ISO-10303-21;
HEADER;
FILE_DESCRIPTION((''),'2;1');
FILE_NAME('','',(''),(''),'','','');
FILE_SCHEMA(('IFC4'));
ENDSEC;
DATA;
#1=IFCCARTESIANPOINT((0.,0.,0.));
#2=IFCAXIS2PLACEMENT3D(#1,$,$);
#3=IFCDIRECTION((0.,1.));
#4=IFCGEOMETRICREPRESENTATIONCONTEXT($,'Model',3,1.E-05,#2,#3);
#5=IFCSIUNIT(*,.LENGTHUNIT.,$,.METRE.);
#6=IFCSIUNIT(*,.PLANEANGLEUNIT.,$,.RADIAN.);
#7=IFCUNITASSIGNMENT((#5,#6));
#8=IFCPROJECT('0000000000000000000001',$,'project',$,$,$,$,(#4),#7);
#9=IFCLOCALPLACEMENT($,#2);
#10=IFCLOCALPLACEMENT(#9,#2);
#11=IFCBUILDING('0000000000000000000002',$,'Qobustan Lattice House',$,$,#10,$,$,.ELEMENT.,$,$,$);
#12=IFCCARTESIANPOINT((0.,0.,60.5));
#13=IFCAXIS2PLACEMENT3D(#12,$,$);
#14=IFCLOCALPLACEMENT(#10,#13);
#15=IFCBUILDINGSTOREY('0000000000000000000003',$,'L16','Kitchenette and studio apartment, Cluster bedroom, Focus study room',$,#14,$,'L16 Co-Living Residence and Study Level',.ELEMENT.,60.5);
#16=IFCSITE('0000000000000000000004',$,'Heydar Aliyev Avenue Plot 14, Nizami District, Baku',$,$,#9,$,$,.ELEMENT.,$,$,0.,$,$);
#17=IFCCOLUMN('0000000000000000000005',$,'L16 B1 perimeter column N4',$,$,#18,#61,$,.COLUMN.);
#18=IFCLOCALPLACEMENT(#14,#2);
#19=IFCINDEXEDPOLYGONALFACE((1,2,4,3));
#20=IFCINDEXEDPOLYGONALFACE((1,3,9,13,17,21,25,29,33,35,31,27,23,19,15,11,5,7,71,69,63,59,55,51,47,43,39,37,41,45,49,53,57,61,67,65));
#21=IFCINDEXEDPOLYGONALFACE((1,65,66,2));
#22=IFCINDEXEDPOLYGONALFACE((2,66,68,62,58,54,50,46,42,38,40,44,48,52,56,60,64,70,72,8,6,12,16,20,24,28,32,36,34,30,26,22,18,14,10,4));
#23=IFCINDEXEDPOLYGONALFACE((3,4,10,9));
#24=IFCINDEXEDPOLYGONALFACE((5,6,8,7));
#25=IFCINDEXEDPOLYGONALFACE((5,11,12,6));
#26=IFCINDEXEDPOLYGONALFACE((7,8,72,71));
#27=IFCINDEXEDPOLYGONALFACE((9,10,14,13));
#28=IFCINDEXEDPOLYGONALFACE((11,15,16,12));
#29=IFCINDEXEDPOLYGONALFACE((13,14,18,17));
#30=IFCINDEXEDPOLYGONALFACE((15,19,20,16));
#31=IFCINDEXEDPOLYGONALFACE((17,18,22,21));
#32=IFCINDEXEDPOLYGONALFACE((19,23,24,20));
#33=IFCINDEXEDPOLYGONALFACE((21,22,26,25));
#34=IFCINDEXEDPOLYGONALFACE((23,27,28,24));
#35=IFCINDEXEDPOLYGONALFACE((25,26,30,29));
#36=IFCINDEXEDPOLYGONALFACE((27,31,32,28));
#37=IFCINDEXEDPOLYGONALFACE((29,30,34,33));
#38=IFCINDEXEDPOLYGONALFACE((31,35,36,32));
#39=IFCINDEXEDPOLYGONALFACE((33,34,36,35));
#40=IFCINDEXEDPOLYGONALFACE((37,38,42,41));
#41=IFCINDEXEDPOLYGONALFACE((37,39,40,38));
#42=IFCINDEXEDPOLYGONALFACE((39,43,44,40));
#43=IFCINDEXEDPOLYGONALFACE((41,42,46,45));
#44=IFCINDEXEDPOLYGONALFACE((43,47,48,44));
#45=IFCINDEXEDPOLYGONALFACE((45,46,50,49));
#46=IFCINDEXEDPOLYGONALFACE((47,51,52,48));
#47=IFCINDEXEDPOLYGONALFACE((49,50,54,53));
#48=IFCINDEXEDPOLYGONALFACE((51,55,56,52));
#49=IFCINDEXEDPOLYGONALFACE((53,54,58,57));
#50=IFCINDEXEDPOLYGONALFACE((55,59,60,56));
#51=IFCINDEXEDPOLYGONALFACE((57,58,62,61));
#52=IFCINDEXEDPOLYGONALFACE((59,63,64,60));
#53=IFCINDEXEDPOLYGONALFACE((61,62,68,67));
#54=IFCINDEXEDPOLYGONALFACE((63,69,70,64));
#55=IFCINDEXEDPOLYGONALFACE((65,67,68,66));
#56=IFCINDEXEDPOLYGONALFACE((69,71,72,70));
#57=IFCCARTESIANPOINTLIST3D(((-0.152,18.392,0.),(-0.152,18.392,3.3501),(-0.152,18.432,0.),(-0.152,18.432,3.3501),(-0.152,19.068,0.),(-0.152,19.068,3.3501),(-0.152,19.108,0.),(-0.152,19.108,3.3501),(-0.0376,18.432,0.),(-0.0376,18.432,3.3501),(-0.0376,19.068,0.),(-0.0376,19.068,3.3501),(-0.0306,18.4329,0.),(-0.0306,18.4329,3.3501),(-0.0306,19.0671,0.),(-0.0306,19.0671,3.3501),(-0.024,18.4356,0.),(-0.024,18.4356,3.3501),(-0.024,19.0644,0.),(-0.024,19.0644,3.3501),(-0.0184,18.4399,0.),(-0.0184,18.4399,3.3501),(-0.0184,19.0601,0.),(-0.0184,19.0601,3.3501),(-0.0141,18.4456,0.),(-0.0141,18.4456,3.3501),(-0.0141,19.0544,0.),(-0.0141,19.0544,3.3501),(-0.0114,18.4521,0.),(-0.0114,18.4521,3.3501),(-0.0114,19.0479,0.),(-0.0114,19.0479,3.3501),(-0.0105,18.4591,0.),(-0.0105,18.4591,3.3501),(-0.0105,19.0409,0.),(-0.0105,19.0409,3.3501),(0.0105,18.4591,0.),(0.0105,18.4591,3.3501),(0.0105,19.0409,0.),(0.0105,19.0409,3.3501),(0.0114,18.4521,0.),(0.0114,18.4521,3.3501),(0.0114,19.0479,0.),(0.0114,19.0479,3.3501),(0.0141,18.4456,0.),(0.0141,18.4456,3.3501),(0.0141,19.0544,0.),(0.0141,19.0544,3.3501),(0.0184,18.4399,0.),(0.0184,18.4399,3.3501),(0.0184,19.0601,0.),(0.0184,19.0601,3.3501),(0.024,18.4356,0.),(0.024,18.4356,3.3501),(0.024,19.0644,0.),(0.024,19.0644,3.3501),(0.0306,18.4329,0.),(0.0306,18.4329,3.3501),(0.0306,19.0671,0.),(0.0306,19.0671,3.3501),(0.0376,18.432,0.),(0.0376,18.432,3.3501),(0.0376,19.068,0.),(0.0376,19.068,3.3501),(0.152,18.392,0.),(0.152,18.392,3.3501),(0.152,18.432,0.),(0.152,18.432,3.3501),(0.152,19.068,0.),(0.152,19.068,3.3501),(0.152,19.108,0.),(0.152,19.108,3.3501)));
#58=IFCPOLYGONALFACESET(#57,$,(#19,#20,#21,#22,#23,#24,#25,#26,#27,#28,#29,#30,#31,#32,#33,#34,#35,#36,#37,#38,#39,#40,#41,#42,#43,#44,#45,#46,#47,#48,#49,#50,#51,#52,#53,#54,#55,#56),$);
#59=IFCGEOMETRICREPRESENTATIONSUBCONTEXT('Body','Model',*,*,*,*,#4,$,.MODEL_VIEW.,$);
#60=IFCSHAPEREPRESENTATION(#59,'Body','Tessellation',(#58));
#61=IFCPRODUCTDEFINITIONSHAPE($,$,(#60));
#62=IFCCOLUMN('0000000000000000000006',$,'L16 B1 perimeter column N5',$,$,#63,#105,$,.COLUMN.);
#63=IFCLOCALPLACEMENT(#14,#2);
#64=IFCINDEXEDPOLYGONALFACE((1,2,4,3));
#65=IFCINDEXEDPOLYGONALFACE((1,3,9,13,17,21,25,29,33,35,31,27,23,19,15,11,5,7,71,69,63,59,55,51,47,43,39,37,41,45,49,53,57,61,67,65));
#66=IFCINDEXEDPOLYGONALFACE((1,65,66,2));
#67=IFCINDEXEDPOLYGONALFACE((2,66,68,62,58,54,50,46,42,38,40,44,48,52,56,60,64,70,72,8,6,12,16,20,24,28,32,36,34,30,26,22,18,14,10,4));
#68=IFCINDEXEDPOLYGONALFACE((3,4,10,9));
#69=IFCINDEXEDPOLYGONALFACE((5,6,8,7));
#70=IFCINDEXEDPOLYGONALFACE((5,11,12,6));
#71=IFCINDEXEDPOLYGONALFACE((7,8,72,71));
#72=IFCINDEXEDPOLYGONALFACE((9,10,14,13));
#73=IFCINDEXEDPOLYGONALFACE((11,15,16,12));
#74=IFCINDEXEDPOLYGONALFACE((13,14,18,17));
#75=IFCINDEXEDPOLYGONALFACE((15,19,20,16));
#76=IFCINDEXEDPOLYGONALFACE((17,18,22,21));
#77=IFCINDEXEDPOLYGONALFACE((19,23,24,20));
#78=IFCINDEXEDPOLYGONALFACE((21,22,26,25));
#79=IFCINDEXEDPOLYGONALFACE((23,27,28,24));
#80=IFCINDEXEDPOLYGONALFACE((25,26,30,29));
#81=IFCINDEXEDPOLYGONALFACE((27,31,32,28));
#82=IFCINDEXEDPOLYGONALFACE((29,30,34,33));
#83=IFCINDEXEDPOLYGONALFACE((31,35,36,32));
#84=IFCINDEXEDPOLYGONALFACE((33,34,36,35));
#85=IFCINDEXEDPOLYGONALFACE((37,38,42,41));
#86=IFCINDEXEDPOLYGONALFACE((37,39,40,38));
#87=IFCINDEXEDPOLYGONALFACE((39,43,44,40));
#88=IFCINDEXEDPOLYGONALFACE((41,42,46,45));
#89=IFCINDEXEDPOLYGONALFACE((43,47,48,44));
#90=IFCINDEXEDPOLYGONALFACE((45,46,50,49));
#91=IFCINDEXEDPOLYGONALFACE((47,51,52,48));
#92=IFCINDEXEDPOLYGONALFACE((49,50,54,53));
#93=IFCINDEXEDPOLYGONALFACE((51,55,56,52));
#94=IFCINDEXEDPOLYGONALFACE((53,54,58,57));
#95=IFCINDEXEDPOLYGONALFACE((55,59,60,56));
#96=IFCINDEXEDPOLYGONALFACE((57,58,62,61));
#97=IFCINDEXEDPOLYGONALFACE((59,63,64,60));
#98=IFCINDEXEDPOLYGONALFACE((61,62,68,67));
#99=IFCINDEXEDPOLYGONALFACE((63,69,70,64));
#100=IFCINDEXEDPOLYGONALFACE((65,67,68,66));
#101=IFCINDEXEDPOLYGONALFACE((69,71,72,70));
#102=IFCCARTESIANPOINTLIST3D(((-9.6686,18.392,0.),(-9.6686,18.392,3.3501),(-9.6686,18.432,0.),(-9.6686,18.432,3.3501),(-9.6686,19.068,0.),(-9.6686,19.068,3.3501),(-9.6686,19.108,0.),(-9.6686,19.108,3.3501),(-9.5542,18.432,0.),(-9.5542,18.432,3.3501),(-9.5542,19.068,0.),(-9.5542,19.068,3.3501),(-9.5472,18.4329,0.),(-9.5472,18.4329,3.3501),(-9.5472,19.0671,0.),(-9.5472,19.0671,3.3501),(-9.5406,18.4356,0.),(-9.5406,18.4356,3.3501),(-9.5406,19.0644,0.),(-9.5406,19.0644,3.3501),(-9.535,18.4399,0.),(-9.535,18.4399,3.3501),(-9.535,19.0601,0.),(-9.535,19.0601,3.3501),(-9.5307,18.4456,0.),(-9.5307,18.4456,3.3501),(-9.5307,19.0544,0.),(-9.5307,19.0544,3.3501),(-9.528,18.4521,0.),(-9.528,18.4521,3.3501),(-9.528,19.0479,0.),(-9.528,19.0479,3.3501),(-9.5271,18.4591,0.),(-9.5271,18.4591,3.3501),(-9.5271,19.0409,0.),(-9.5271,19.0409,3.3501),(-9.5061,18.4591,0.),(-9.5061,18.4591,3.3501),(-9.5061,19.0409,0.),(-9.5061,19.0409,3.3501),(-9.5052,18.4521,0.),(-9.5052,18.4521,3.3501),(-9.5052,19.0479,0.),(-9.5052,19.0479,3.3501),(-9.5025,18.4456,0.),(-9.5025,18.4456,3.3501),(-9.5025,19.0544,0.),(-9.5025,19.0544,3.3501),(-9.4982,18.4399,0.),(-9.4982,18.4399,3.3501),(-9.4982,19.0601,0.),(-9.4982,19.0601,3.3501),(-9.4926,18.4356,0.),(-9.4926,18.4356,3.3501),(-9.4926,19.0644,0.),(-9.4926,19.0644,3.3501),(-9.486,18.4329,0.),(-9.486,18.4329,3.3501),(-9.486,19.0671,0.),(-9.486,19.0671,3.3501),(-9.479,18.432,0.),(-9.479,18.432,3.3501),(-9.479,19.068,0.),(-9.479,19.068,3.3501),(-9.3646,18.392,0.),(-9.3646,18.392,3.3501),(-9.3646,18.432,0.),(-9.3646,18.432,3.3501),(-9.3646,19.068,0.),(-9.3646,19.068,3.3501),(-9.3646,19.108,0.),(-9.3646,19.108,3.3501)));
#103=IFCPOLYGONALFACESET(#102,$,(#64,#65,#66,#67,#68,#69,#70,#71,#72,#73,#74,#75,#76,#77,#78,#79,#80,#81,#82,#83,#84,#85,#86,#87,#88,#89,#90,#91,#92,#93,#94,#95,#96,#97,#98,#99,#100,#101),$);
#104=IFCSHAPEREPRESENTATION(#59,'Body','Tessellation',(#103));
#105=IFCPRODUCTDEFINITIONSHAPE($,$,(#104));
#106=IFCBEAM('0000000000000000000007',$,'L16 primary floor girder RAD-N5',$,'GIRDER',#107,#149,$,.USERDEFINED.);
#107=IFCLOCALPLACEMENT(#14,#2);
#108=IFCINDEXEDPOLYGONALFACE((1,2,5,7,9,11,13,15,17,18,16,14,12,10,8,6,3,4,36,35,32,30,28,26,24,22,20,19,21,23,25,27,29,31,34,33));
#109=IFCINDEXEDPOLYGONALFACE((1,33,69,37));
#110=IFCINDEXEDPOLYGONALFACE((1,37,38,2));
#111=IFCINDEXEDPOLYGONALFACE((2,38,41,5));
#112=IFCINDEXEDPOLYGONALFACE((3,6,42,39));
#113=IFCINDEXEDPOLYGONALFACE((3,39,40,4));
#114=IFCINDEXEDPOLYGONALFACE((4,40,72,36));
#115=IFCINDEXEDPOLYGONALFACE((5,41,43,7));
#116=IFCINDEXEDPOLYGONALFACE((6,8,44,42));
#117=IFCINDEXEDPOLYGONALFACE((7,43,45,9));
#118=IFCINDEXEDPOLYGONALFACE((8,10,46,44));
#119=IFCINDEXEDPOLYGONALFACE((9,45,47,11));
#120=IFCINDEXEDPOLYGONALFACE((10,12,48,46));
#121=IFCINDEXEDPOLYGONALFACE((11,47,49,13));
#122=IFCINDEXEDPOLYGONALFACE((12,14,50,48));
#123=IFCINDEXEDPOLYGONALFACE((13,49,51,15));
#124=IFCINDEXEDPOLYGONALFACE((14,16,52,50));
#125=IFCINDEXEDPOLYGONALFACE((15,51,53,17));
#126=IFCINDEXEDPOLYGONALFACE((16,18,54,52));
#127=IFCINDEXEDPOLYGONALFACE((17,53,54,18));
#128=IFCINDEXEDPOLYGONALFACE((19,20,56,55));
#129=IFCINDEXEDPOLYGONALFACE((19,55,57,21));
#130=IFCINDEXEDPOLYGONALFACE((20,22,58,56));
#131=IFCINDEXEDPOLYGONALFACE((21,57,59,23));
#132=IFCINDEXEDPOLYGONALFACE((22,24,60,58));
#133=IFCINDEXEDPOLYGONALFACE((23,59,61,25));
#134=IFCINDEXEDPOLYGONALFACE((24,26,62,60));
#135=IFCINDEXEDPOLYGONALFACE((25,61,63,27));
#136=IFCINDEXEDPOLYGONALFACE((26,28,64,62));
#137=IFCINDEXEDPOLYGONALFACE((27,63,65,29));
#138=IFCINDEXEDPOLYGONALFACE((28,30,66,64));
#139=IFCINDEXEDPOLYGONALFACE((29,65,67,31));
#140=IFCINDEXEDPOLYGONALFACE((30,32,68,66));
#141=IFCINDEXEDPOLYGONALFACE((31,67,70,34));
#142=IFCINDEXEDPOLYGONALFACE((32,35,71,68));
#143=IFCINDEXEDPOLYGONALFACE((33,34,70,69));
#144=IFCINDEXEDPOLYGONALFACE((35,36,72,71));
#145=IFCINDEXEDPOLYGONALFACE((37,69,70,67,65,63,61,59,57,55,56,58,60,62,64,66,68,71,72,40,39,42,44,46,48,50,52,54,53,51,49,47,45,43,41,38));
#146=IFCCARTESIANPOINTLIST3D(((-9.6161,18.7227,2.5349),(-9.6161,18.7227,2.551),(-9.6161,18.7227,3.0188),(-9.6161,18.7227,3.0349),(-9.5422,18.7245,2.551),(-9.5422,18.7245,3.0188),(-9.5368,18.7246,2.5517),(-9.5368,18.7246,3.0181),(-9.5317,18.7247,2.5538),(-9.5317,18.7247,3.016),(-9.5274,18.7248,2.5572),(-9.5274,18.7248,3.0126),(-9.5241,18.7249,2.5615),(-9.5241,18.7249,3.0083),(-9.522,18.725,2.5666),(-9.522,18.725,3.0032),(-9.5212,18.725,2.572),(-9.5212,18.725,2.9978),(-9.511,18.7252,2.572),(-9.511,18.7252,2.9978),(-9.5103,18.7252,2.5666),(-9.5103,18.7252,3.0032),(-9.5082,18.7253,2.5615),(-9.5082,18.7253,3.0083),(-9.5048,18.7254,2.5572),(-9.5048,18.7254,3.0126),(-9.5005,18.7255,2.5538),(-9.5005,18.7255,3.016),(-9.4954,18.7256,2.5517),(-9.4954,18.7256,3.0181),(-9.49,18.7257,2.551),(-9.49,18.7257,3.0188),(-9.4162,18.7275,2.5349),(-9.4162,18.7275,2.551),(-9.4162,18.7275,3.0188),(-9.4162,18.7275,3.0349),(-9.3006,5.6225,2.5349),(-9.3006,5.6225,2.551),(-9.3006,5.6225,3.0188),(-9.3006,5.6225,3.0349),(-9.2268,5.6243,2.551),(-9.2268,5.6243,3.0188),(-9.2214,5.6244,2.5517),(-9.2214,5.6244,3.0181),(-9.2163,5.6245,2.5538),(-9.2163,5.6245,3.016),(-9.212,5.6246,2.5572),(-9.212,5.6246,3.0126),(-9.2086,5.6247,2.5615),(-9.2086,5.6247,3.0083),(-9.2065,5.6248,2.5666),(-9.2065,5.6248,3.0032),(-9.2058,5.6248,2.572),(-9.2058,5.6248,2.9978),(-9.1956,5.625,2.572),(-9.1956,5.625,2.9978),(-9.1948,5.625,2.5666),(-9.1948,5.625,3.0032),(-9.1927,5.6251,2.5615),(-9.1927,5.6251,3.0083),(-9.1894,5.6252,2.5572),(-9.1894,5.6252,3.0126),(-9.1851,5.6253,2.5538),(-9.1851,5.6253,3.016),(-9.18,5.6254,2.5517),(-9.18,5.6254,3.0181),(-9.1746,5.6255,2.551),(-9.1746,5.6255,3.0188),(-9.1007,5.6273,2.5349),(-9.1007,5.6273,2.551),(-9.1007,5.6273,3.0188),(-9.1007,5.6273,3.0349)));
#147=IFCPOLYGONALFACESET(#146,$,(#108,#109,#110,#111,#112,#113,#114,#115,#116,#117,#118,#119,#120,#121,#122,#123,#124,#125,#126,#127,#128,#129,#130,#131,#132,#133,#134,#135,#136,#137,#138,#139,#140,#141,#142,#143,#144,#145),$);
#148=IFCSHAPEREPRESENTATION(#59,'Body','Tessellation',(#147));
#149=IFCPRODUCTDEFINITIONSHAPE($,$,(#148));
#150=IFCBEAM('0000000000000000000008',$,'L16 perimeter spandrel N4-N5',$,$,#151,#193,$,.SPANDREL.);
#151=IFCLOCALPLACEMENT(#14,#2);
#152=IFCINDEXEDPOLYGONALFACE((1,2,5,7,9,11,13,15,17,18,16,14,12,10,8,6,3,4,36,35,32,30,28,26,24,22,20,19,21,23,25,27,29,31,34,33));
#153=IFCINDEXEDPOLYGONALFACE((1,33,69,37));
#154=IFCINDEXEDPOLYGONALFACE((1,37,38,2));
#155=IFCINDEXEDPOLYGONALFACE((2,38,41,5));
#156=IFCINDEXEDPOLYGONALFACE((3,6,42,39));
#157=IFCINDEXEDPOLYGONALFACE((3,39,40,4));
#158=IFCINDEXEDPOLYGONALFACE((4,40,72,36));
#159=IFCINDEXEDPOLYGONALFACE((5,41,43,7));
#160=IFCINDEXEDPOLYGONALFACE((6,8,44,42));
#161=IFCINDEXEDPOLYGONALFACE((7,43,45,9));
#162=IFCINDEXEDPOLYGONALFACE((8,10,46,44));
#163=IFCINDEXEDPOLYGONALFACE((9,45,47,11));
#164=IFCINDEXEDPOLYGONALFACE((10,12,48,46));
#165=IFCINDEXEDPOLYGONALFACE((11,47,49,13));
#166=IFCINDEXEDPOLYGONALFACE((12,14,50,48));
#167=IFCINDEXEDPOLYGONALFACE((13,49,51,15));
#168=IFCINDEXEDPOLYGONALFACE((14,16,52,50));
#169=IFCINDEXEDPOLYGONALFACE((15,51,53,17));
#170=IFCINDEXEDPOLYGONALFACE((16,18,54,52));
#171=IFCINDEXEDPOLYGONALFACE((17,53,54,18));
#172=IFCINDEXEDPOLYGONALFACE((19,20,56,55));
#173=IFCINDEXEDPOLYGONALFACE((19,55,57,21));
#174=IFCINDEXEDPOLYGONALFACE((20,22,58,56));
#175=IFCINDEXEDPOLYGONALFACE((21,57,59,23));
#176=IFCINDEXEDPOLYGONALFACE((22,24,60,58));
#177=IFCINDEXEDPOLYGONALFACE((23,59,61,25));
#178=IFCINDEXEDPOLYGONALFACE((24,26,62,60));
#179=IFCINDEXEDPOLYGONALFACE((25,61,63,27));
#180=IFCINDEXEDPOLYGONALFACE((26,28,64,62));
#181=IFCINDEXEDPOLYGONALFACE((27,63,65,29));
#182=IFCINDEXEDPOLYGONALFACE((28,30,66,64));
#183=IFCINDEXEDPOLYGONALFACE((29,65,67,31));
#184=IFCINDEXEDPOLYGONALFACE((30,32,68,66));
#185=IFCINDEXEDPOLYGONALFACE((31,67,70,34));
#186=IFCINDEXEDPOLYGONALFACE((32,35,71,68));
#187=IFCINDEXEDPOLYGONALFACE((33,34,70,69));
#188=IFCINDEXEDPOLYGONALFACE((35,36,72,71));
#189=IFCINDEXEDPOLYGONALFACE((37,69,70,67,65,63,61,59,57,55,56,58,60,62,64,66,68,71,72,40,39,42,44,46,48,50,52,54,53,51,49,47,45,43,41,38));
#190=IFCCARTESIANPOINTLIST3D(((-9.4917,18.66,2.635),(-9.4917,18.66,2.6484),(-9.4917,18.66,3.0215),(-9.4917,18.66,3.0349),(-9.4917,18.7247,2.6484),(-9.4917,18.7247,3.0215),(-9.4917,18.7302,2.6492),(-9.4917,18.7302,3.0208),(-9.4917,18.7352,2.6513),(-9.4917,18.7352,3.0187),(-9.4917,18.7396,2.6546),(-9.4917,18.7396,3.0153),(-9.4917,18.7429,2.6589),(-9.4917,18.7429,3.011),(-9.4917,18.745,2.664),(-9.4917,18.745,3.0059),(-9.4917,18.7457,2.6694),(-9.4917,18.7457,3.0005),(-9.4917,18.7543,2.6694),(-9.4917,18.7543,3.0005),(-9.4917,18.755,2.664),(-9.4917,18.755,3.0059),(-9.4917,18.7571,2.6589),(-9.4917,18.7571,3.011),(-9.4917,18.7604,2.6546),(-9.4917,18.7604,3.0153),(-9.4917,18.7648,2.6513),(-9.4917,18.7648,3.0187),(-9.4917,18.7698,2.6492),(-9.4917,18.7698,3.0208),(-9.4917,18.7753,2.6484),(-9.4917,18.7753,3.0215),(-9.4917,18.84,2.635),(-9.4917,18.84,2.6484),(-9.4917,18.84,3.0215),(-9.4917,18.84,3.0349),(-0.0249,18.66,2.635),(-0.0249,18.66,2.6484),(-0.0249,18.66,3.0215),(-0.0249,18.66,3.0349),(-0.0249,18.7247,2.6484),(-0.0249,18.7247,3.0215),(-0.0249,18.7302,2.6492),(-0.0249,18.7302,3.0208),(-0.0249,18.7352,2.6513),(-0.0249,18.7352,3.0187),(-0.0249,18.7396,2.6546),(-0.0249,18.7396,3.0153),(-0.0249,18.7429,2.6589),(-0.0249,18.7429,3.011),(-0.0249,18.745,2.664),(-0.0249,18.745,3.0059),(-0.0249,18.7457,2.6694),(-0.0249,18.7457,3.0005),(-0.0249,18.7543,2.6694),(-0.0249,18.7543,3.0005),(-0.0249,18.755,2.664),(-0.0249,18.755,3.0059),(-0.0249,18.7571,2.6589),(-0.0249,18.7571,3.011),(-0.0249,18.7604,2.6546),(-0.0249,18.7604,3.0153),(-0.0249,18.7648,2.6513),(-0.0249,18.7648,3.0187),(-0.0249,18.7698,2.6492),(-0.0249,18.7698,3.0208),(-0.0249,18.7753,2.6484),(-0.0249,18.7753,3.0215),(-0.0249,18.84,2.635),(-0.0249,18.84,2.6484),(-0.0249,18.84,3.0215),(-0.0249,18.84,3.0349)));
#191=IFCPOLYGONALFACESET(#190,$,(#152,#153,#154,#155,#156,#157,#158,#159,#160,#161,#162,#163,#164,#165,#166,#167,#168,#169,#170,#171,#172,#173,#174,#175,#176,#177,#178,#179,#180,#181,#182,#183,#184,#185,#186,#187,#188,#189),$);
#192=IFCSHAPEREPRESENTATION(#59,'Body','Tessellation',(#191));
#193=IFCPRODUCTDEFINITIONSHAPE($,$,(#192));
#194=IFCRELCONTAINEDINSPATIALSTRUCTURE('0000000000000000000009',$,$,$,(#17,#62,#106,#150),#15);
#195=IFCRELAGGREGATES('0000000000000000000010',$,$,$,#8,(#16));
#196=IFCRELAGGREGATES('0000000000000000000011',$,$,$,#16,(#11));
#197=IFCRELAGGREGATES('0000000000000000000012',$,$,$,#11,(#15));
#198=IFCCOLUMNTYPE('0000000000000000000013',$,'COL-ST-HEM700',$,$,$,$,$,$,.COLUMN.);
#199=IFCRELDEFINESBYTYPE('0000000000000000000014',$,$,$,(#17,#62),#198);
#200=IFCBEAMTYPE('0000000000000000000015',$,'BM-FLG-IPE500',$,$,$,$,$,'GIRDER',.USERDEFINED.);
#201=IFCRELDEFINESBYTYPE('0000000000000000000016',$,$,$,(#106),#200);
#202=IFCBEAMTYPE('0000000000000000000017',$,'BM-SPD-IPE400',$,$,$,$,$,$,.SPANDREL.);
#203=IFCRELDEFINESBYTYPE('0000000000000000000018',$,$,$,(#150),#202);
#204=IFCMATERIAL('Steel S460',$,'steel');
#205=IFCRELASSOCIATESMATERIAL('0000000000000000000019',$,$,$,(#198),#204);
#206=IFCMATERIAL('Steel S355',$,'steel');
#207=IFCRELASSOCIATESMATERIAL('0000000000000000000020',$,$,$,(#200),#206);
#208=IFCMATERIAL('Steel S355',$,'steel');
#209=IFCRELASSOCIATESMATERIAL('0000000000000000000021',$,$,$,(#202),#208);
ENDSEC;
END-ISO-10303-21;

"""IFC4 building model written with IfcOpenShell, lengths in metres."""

from ifc_helpers import new_model, si_unit, direction, frame, origin, origin_2d, place, context, subcontext, project, spatial, i_section, extrude, material, material_profile, profile_set, type_object, element, save


model = new_model("IFC4")

# Units and contexts
model_context = context("Model", 3, precision=1e-05, world=origin(), true_north=direction((0.0, 1.0)))
body_context = subcontext(model_context, "Body", "Model", "MODEL_VIEW")
ifc_project = project(units=[si_unit("LENGTHUNIT", "METRE"), si_unit("PLANEANGLEUNIT", "RADIAN")], contexts=[model_context])

# Site, building, storey
site_placement = place(None, origin())
site = spatial("IfcSite", under=ifc_project, at=site_placement, Name="Heydar Aliyev Avenue Plot 14, Nizami District, Baku", CompositionType="ELEMENT", RefElevation=0.0)
building_placement = place(site_placement, origin())
building = spatial("IfcBuilding", under=site, at=building_placement, Name="Qobustan Lattice House", CompositionType="ELEMENT")
storey_placement = place(building_placement, frame((0.0, 0.0, 60.5)))
storey = spatial("IfcBuildingStorey", under=building, at=storey_placement, Name="L16", Description="Kitchenette and studio apartment, Cluster bedroom, Focus study room", LongName="L16 Co-Living Residence and Study Level", CompositionType="ELEMENT", Elevation=60.5)

# Columns
ifc_material_1 = material(Name="Steel S460", Category="steel")
ifc_material_profile_1 = material_profile(ifc_material_1, i_section(OverallWidth=0.304, OverallDepth=0.7161, WebThickness=0.021, FlangeThickness=0.04, FilletRadius=0.0271, at=origin_2d()), Name="HEM700")
ifc_profile_set_1 = profile_set([ifc_material_profile_1], Name="Steel S460")
column_type = type_object("IfcColumnType", Name="COL-ST-HEM700", PredefinedType="COLUMN", material=ifc_profile_set_1)
for number, where, z_axis, x_axis, name in (
    (1, (0.0, 18.75, 0.0), (0.0, 0.0, 1.0), (1.0, 0.0, 0.0), "L16 B1 perimeter column N4"),
    (2, (-9.5166, 18.75, 0.0), (0.0, 0.0, 1.0), (1.0, 0.0, 0.0), "L16 B1 perimeter column N5"),
):
    element("IfcColumn", number, at=place(storey_placement, frame(where, z_axis=z_axis, x_axis=x_axis)), inside=storey, type_object=column_type, Name=name, PredefinedType="COLUMN", context=body_context, shape_type="SweptSolid", body=[
        extrude(i_section(OverallWidth=0.304, OverallDepth=0.7161, WebThickness=0.021, FlangeThickness=0.04, FilletRadius=0.0271, at=origin_2d()), origin(), (0.0, 0.0, 1.0), 3.3501),
    ])

# Beams
ifc_material_2 = material(Name="Steel S355", Category="steel")
ifc_material_profile_2 = material_profile(ifc_material_2, i_section(OverallWidth=0.2, OverallDepth=0.5, WebThickness=0.0103, FlangeThickness=0.0161, FilletRadius=0.021, at=origin_2d()), Name="IPE500")
ifc_profile_set_2 = profile_set([ifc_material_profile_2], Name="Steel S355")
beam_type_1 = type_object("IfcBeamType", Name="BM-FLG-IPE500", ElementType="GIRDER", PredefinedType="USERDEFINED", material=ifc_profile_set_2)
beam_1_placement = place(storey_placement, frame((-9.5161, 18.7251, 2.7849), z_axis=(0.024071, -0.99971, 0.0), x_axis=(0.99971, 0.024071, 0.0)))
element("IfcBeam", 3, at=beam_1_placement, inside=storey, type_object=beam_type_1, Name="L16 primary floor girder RAD-N5", ObjectType="GIRDER", PredefinedType="USERDEFINED", context=body_context, shape_type="SweptSolid", body=[
    extrude(i_section(OverallWidth=0.2, OverallDepth=0.5, WebThickness=0.0103, FlangeThickness=0.0161, FilletRadius=0.021, at=origin_2d()), origin(), (0.0, 0.0, 1.0), 13.104),
])
ifc_material_3 = material(Name="Steel S355", Category="steel")
ifc_material_profile_3 = material_profile(ifc_material_3, i_section(OverallWidth=0.1799, OverallDepth=0.3999, WebThickness=0.0085, FlangeThickness=0.0134, FilletRadius=0.021, at=origin_2d()), Name="IPE400")
ifc_profile_set_3 = profile_set([ifc_material_profile_3], Name="Steel S355")
beam_type_2 = type_object("IfcBeamType", Name="BM-SPD-IPE400", PredefinedType="SPANDREL", material=ifc_profile_set_3)
beam_2_placement = place(storey_placement, frame((-0.0249, 18.75, 2.835), z_axis=(-1.0, 0.0, 0.0), x_axis=(0.0, -1.0, 0.0)))
element("IfcBeam", 4, at=beam_2_placement, inside=storey, type_object=beam_type_2, Name="L16 perimeter spandrel N4-N5", PredefinedType="SPANDREL", context=body_context, shape_type="SweptSolid", body=[
    extrude(i_section(OverallWidth=0.1799, OverallDepth=0.3999, WebThickness=0.0085, FlangeThickness=0.0134, FilletRadius=0.021, at=origin_2d()), origin(), (0.0, 0.0, 1.0), 9.4668),
])

save(model, "model.ifc")
